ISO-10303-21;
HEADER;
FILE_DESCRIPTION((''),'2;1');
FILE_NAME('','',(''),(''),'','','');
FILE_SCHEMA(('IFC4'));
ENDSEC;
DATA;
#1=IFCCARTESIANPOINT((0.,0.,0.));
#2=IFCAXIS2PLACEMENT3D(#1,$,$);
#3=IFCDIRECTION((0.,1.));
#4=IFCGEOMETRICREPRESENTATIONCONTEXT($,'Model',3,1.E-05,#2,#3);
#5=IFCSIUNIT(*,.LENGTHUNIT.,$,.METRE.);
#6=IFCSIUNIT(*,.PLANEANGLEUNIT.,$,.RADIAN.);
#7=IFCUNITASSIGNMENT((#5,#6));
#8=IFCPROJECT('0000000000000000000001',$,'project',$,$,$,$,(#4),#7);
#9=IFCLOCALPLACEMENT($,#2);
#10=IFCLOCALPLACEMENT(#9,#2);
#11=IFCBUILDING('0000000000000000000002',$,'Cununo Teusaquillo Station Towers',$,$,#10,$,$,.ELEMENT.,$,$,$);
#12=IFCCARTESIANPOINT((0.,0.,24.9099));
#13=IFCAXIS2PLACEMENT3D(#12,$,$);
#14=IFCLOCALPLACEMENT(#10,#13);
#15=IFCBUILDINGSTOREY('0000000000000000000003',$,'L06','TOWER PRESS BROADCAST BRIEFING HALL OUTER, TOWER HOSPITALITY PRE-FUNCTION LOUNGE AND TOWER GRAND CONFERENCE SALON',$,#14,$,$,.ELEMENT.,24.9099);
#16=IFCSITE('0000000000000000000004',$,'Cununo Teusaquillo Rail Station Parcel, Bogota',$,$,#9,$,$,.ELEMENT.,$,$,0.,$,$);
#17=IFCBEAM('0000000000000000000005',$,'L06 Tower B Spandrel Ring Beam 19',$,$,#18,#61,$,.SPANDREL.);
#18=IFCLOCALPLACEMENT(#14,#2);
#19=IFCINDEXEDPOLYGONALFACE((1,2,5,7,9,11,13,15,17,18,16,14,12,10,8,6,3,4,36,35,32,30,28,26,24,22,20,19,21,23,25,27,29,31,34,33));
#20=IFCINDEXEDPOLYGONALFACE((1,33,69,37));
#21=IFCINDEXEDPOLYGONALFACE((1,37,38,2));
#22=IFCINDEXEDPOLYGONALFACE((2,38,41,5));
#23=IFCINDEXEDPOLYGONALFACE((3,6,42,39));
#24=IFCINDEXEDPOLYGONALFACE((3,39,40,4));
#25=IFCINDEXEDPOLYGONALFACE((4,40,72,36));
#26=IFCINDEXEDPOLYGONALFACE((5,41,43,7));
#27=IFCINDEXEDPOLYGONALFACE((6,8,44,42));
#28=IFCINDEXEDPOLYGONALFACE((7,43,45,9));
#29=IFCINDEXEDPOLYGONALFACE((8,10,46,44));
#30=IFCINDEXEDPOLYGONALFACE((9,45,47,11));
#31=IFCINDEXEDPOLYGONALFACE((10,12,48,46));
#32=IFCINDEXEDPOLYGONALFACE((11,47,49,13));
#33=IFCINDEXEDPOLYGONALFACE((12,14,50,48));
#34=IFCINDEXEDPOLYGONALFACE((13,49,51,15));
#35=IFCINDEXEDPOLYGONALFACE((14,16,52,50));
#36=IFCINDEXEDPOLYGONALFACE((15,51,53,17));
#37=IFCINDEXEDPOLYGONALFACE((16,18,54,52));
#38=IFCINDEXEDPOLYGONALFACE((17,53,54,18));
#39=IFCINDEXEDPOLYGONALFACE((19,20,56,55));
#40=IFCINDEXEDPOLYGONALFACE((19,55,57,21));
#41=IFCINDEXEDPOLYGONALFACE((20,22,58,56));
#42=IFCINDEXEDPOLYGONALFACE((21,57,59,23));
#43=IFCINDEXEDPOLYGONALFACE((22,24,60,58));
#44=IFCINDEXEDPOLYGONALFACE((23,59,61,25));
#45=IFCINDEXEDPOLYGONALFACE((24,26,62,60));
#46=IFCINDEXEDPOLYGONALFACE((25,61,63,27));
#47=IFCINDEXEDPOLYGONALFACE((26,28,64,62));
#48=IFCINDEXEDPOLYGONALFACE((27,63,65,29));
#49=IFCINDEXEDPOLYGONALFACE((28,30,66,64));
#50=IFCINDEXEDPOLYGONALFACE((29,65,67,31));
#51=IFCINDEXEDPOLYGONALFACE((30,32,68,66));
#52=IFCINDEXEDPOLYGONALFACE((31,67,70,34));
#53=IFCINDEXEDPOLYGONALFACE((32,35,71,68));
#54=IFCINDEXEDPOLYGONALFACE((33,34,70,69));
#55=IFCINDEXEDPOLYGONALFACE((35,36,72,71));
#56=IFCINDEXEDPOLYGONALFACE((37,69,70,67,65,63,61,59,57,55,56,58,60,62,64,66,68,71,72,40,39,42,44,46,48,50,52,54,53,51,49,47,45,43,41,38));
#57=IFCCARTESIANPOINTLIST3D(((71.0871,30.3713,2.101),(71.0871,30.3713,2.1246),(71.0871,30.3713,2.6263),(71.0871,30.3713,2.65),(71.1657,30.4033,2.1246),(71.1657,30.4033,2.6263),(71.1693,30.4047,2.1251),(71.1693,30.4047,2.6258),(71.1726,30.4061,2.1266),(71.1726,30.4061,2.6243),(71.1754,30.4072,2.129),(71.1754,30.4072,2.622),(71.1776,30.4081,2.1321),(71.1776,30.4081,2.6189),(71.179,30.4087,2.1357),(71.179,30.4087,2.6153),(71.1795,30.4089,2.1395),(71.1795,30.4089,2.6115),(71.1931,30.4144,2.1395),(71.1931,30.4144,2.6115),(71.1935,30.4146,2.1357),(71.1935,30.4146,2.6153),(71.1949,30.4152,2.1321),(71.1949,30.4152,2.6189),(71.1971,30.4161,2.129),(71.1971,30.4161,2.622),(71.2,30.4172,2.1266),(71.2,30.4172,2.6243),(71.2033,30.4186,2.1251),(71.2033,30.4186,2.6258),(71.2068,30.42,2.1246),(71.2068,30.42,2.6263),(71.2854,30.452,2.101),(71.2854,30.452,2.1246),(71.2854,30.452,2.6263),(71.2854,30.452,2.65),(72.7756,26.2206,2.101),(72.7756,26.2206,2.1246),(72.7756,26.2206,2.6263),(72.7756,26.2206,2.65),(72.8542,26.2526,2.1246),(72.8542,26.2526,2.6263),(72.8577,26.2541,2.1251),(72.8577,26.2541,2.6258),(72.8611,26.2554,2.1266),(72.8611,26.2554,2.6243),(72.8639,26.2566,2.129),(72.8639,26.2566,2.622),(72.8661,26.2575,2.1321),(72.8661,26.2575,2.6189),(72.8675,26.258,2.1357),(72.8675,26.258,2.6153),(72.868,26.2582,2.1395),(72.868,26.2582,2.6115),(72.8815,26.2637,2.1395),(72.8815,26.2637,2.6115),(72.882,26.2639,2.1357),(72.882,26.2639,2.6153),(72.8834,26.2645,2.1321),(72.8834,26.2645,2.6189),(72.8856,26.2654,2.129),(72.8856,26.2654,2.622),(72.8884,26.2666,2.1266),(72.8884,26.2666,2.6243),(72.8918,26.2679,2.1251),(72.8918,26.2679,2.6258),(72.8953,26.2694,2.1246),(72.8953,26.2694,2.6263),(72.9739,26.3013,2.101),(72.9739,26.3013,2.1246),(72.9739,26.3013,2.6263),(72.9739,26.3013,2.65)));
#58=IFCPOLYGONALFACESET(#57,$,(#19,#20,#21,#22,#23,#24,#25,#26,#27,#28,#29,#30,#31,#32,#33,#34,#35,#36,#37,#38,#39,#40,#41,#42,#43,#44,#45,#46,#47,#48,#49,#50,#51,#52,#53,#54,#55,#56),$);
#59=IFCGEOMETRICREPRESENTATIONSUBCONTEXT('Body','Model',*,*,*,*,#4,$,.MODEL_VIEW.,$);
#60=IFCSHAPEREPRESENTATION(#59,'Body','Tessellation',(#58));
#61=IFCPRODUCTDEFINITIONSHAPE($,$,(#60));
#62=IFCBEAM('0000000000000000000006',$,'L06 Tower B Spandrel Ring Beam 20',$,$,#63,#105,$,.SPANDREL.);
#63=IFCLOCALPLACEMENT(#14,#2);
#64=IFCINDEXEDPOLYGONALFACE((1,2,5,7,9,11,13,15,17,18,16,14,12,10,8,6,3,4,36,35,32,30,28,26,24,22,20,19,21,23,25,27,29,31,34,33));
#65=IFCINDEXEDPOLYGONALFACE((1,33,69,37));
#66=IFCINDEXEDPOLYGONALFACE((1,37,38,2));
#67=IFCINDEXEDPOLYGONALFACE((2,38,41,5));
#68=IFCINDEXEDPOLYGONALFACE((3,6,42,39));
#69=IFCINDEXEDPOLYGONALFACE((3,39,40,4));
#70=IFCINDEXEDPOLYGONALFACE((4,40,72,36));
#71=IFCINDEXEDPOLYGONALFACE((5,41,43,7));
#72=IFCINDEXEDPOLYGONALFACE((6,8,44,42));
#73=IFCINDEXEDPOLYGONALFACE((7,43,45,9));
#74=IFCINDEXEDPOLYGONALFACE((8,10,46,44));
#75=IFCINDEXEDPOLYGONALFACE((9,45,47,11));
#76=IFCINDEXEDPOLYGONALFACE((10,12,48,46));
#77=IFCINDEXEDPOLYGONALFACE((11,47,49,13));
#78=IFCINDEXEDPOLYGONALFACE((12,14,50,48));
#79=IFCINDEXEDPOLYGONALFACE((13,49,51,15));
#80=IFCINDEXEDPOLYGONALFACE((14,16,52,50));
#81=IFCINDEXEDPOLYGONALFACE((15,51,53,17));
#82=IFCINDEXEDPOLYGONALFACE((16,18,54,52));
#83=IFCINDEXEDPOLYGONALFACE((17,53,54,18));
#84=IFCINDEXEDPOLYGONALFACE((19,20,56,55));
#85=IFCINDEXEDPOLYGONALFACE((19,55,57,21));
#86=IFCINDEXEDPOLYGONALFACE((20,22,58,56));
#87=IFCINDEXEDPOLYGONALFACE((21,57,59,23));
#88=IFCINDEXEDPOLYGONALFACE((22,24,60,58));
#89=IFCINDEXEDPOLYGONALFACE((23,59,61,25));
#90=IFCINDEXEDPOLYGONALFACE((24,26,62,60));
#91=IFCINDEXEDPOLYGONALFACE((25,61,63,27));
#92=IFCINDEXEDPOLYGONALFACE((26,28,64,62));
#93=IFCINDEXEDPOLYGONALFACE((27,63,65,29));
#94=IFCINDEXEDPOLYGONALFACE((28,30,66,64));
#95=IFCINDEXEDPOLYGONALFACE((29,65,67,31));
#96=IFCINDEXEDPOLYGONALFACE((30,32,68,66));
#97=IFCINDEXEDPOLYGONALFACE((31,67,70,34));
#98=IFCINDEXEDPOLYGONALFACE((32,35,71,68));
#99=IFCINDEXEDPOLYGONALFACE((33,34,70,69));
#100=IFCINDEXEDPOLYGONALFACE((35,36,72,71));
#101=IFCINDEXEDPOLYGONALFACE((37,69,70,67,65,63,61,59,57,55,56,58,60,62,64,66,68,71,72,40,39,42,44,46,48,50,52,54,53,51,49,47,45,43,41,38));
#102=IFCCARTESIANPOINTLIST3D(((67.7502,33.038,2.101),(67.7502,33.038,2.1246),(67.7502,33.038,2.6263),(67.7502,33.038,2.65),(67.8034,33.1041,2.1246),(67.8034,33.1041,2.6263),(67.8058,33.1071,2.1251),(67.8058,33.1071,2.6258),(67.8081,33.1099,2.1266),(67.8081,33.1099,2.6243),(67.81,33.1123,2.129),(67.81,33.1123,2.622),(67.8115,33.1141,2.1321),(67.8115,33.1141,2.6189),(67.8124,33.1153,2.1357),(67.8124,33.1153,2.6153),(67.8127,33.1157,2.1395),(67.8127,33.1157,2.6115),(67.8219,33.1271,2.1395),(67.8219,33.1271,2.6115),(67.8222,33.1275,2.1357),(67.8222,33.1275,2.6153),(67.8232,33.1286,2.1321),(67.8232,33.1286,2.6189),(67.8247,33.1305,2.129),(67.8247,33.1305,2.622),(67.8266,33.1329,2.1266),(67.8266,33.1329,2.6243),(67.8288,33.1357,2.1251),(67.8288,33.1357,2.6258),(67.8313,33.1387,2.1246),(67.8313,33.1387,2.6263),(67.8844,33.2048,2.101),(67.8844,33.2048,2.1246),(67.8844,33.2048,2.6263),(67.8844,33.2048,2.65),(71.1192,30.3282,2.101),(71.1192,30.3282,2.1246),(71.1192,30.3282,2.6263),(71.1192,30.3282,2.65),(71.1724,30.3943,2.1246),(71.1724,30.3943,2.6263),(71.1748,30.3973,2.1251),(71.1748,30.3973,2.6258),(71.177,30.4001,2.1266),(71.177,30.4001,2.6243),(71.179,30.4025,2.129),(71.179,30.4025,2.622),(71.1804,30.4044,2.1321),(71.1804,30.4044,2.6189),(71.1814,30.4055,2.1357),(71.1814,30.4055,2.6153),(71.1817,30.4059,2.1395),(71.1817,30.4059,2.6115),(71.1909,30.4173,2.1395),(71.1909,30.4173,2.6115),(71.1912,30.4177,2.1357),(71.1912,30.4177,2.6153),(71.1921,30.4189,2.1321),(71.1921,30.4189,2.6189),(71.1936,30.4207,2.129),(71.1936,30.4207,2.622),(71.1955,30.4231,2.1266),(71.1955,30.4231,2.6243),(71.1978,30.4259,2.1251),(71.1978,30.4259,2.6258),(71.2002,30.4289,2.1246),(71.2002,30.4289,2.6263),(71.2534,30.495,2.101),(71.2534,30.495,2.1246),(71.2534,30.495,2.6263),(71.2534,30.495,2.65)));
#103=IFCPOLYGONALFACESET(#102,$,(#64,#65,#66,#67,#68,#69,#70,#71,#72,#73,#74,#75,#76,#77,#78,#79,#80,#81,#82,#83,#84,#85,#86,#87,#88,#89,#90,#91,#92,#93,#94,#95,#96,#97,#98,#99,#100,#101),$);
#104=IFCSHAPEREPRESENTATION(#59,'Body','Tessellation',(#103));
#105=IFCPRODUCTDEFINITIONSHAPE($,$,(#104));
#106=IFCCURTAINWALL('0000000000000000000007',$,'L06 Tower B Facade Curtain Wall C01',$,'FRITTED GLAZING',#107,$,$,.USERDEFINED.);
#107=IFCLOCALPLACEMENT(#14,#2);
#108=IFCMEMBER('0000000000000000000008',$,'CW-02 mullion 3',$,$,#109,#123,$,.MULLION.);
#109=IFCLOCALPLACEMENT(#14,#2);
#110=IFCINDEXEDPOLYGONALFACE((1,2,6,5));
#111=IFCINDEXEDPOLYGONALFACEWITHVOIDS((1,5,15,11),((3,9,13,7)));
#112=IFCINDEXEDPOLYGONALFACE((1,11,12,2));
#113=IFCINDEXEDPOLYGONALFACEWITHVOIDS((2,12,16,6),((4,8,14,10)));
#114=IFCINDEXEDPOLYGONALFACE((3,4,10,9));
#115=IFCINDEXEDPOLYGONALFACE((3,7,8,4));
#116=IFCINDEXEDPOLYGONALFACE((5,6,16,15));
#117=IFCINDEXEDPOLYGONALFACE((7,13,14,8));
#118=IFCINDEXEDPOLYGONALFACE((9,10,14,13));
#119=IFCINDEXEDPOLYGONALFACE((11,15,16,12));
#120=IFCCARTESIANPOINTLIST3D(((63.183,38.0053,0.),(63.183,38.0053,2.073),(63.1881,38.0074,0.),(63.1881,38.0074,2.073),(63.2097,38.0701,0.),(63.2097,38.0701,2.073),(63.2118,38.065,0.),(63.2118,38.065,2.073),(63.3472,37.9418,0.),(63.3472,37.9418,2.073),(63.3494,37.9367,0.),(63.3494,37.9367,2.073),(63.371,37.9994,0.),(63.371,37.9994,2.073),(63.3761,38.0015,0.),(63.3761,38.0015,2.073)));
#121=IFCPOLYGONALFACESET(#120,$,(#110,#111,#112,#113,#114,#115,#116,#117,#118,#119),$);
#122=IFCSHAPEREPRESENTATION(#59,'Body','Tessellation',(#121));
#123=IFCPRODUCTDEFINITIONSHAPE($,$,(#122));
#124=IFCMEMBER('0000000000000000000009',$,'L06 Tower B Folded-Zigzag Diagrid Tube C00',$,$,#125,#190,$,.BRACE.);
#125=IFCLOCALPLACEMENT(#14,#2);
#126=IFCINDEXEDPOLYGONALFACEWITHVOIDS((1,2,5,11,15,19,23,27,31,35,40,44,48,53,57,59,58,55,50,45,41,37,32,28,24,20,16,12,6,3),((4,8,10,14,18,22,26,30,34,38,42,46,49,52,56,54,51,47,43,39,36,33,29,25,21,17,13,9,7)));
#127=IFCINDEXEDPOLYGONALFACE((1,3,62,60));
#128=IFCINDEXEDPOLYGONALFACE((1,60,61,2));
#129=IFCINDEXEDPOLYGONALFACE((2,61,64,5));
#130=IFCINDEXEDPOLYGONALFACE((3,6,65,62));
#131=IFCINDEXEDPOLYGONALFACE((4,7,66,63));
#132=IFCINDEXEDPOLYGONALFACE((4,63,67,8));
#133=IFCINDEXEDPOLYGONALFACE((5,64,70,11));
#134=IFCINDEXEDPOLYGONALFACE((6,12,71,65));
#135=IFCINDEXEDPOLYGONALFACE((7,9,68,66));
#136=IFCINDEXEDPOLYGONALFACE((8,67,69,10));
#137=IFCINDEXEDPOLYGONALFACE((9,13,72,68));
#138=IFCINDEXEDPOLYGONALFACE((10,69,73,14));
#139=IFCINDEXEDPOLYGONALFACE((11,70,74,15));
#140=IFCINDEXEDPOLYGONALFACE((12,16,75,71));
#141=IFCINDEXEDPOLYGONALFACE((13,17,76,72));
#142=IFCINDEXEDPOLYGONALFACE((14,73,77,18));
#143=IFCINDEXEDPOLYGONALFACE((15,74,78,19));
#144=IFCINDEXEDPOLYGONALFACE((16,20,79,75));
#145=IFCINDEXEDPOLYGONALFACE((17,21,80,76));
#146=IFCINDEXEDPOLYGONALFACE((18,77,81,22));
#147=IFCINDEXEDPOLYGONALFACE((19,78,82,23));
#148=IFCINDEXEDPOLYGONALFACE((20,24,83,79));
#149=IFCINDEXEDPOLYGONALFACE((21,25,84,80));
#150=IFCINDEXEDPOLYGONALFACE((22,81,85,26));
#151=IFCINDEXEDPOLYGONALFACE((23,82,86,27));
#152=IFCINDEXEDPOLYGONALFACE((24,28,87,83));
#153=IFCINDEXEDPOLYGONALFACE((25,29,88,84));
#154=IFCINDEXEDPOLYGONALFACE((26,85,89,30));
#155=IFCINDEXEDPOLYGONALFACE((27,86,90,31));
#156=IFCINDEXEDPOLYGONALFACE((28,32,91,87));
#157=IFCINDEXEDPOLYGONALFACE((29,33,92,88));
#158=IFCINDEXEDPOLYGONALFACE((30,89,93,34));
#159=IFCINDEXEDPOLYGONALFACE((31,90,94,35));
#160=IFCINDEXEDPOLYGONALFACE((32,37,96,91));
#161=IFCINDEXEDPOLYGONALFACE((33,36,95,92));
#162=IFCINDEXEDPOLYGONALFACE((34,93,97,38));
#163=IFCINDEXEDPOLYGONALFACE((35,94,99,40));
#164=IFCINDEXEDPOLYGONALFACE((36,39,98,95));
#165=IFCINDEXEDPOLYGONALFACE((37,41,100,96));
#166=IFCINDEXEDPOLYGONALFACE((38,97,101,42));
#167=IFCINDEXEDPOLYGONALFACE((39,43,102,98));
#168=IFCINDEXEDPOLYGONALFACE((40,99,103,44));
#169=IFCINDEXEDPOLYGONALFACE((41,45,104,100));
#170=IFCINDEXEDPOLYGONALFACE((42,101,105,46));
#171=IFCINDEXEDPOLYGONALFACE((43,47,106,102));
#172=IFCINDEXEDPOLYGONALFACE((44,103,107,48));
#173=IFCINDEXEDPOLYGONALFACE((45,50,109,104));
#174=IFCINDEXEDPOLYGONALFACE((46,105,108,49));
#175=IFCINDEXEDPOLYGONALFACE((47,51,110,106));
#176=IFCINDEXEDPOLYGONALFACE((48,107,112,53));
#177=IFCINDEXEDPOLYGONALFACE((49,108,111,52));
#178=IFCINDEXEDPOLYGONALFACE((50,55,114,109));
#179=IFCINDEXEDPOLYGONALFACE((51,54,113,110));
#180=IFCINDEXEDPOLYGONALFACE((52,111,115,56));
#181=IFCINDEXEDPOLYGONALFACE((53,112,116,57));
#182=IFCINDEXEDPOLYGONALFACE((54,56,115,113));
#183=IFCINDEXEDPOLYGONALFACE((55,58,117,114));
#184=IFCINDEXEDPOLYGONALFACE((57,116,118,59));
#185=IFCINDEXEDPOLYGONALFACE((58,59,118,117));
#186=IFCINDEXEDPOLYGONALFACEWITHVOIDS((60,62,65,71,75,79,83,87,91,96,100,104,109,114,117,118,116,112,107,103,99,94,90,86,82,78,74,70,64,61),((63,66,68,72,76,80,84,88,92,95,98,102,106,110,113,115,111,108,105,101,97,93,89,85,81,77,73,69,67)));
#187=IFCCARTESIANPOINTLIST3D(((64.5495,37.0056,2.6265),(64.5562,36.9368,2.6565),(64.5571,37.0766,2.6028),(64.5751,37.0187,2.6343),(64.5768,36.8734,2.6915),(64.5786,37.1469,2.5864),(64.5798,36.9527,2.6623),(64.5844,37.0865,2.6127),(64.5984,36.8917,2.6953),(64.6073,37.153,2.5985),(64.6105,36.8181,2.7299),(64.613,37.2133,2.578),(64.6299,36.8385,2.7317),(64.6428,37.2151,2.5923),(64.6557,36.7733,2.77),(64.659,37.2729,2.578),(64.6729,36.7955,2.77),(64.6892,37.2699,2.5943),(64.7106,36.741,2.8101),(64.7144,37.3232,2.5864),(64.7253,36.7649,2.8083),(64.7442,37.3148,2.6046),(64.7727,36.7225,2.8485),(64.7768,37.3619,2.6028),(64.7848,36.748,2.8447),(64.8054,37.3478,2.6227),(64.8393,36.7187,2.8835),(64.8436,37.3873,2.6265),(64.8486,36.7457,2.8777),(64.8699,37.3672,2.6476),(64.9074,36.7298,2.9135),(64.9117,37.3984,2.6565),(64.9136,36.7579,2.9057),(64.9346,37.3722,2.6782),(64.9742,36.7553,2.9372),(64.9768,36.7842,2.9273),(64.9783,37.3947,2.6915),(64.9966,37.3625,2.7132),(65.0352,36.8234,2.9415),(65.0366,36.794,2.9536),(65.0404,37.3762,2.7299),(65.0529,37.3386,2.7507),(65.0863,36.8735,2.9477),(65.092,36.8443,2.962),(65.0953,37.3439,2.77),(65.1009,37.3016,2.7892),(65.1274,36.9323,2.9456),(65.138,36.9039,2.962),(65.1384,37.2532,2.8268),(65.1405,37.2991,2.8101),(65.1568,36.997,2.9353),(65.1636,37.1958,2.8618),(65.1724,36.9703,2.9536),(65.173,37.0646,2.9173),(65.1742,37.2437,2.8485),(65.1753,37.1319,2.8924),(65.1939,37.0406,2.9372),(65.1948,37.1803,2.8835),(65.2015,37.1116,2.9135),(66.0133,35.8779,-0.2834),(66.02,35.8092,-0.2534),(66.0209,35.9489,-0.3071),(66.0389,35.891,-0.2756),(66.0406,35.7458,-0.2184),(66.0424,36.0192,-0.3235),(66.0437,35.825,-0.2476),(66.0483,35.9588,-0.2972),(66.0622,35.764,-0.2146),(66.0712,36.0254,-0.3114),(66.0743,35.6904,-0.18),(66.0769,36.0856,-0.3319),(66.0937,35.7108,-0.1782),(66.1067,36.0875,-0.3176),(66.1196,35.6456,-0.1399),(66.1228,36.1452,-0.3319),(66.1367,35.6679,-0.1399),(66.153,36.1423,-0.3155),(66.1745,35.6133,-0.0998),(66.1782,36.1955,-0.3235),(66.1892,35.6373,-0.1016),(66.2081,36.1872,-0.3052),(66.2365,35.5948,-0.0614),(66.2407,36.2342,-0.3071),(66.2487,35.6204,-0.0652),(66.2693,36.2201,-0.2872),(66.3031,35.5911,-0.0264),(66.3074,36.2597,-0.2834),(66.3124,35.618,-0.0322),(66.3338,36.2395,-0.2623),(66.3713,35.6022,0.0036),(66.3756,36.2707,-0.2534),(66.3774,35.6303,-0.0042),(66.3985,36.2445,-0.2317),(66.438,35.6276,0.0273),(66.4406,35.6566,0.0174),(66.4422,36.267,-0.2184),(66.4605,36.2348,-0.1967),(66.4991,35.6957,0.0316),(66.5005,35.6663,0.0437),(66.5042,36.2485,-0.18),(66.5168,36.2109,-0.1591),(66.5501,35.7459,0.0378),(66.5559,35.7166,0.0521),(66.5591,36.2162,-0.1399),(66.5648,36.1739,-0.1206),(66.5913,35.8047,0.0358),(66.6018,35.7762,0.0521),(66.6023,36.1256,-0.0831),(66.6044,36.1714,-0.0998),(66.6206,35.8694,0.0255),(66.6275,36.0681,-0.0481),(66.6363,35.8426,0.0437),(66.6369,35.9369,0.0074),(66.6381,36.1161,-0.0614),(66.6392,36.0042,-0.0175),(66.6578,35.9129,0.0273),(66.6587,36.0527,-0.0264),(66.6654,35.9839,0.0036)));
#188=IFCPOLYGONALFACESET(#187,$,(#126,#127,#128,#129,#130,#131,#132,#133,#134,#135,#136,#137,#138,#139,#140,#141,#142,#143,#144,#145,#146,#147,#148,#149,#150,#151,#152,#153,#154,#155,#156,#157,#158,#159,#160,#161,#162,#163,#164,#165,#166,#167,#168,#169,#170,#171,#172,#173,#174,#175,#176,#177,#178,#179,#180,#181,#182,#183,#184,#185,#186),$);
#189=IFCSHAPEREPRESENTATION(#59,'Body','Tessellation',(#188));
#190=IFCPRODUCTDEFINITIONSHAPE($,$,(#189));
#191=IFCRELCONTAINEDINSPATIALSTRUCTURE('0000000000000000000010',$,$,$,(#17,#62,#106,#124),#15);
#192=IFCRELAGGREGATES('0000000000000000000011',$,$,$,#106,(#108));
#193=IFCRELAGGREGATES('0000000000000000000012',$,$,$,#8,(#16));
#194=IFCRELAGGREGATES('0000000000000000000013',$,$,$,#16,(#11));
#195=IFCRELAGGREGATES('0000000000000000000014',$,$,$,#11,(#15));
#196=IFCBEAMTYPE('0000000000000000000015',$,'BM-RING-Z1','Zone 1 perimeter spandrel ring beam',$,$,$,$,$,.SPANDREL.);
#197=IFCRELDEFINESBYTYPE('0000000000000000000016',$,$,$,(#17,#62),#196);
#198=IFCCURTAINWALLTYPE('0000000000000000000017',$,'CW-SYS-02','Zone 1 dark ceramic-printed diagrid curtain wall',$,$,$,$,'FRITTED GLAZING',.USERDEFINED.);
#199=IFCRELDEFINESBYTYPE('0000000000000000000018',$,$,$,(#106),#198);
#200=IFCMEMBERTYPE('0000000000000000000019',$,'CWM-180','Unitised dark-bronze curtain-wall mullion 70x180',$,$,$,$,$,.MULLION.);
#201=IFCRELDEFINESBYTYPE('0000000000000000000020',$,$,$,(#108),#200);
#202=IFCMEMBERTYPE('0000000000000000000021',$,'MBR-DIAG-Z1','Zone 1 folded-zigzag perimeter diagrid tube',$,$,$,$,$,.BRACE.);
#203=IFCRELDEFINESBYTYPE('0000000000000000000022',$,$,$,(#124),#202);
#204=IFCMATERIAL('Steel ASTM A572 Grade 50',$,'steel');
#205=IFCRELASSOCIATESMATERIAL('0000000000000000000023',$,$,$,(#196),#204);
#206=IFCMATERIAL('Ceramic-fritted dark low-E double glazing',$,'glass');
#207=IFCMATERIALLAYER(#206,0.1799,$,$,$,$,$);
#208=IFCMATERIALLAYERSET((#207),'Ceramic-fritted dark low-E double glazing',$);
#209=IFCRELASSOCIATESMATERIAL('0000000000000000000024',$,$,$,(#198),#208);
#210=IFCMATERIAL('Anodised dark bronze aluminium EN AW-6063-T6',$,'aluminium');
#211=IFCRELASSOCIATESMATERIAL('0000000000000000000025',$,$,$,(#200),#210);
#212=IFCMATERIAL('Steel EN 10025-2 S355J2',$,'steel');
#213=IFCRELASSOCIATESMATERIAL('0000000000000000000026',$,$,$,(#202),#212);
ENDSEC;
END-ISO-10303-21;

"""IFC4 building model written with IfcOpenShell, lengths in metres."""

from ifc_helpers import new_model, si_unit, direction, frame, origin, origin_2d, place, context, subcontext, project, spatial, hollow_rectangle, hollow_circle, i_section, extrude, material, layer, layer_set, material_profile, profile_set, type_object, element, aggregate, save


model = new_model("IFC4")

# Units and contexts
model_context = context("Model", 3, precision=1e-05, world=origin(), true_north=direction((0.0, 1.0)))
body_context = subcontext(model_context, "Body", "Model", "MODEL_VIEW")
ifc_project = project(units=[si_unit("LENGTHUNIT", "METRE"), si_unit("PLANEANGLEUNIT", "RADIAN")], contexts=[model_context])

# Site, building, storey
site_placement = place(None, origin())
site = spatial("IfcSite", under=ifc_project, at=site_placement, Name="Cununo Teusaquillo Rail Station Parcel, Bogota", CompositionType="ELEMENT", RefElevation=0.0)
building_placement = place(site_placement, origin())
building = spatial("IfcBuilding", under=site, at=building_placement, Name="Cununo Teusaquillo Station Towers", CompositionType="ELEMENT")
storey_placement = place(building_placement, frame((0.0, 0.0, 24.9099)))
storey = spatial("IfcBuildingStorey", under=building, at=storey_placement, Name="L06", Description="TOWER PRESS BROADCAST BRIEFING HALL OUTER, TOWER HOSPITALITY PRE-FUNCTION LOUNGE AND TOWER GRAND CONFERENCE SALON", CompositionType="ELEMENT", Elevation=24.9099)

# Beams
ifc_material_1 = material(Name="Steel ASTM A572 Grade 50", Category="steel")
ifc_material_profile_1 = material_profile(ifc_material_1, i_section(OverallWidth=0.2141, OverallDepth=0.5491, WebThickness=0.0146, FlangeThickness=0.0237, FilletRadius=0.0149, at=origin_2d()), Name="W21X93")
ifc_profile_set_1 = profile_set([ifc_material_profile_1], Name="Steel ASTM A572 Grade 50")
beam_type_1 = type_object("IfcBeamType", Name="BM-RING-Z1", Description="Zone 1 perimeter spandrel ring beam", PredefinedType="SPANDREL", material=ifc_profile_set_1)
for number, where, z_axis, x_axis, name in (
    (1, (72.8748, 26.261, 2.3755), (-0.376814, 0.926289, 0.0), (-0.926289, -0.376814, 0.0), "L06 Tower B Spandrel Ring Beam 19"),
):
    element("IfcBeam", number, at=place(storey_placement, frame(where, z_axis=z_axis, x_axis=x_axis)), inside=storey, type_object=beam_type_1, Name=name, PredefinedType="SPANDREL", context=body_context, shape_type="SweptSolid", body=[
        extrude(i_section(OverallWidth=0.2141, OverallDepth=0.5491, WebThickness=0.0146, FlangeThickness=0.0237, FilletRadius=0.0149, at=origin_2d()), origin(), (0.0, 0.0, 1.0), 4.481),
    ])
beam_1_placement = place(storey_placement, frame((71.1863, 30.4116, 2.3755), z_axis=(-0.779219, 0.626752, 0.0), x_axis=(-0.626752, -0.779219, 0.0)))
element("IfcBeam", 2, at=beam_1_placement, inside=storey, type_object=beam_type_1, Name="L06 Tower B Spandrel Ring Beam 20", PredefinedType="SPANDREL", context=body_context, shape_type="SweptSolid", body=[
    extrude(i_section(OverallWidth=0.2141, OverallDepth=0.5491, WebThickness=0.0146, FlangeThickness=0.0237, FilletRadius=0.0149, at=origin_2d()), origin(), (0.0, 0.0, 1.0), 4.3235),
])

# Curtain wall, member
ifc_material_2 = material(Name="Ceramic-fritted dark low-E double glazing", Category="glass")
ifc_layer_1 = layer(ifc_material_2, 0.1799)
ifc_layer_set_1 = layer_set([ifc_layer_1], Name="Ceramic-fritted dark low-E double glazing")
curtain_wall_type = type_object("IfcCurtainWallType", Name="CW-SYS-02", Description="Zone 1 dark ceramic-printed diagrid curtain wall", ElementType="FRITTED GLAZING", PredefinedType="USERDEFINED", material=ifc_layer_set_1)
curtain_wall_placement = place(storey_placement, origin())
curtain_wall = element("IfcCurtainWall", 3, at=curtain_wall_placement, inside=storey, type_object=curtain_wall_type, Name="L06 Tower B Facade Curtain Wall C01", ObjectType="FRITTED GLAZING", PredefinedType="USERDEFINED")
ifc_material_3 = material(Name="Anodised dark bronze aluminium EN AW-6063-T6", Category="aluminium")
ifc_material_profile_2 = material_profile(ifc_material_3, hollow_rectangle(XDim=0.0701, YDim=0.1799, WallThickness=0.0039, at=origin_2d()), Name="CW-MULL-70x180")
ifc_profile_set_2 = profile_set([ifc_material_profile_2], Name="Anodised dark bronze aluminium EN AW-6063-T6")
member_type_1 = type_object("IfcMemberType", Name="CWM-180", Description="Unitised dark-bronze curtain-wall mullion 70x180", PredefinedType="MULLION", material=ifc_profile_set_2)
member_1_placement = place(storey_placement, frame((63.2795, 38.0034, 0.0), z_axis=(0.0, 0.0, 1.0), x_axis=(0.381122, 0.924525, 0.0)))
member_1 = element("IfcMember", 4, at=member_1_placement, type_object=member_type_1, Name="CW-02 mullion 3", PredefinedType="MULLION", context=body_context, shape_type="SweptSolid", body=[
    extrude(hollow_rectangle(XDim=0.0701, YDim=0.1799, WallThickness=0.0039, at=origin_2d()), origin(), (0.0, 0.0, 1.0), 2.073),
])
aggregate(curtain_wall, [member_1])

# Member
ifc_material_4 = material(Name="Steel EN 10025-2 S355J2", Category="steel")
ifc_material_profile_3 = material_profile(ifc_material_4, hollow_circle(Radius=0.3601, WallThickness=0.0281, at=origin_2d()), Name="CHS 720x28")
ifc_profile_set_3 = profile_set([ifc_material_profile_3], Name="Steel EN 10025-2 S355J2")
member_type_2 = type_object("IfcMemberType", Name="MBR-DIAG-Z1", Description="Zone 1 folded-zigzag perimeter diagrid tube", PredefinedType="BRACE", material=ifc_profile_set_3)
member_2_placement = place(storey_placement, frame((66.3394, 35.9309, -0.1399), z_axis=(-0.424672, 0.327145, 0.844174), x_axis=(-0.610266, -0.792196, 0.0)))
element("IfcMember", 5, at=member_2_placement, inside=storey, type_object=member_type_2, Name="L06 Tower B Folded-Zigzag Diagrid Tube C00", PredefinedType="BRACE", context=body_context, shape_type="SweptSolid", body=[
    extrude(hollow_circle(Radius=0.3601, WallThickness=0.0281, at=origin_2d()), origin(), (0.0, 0.0, 1.0), 3.447),
])

save(model, "model.ifc")
